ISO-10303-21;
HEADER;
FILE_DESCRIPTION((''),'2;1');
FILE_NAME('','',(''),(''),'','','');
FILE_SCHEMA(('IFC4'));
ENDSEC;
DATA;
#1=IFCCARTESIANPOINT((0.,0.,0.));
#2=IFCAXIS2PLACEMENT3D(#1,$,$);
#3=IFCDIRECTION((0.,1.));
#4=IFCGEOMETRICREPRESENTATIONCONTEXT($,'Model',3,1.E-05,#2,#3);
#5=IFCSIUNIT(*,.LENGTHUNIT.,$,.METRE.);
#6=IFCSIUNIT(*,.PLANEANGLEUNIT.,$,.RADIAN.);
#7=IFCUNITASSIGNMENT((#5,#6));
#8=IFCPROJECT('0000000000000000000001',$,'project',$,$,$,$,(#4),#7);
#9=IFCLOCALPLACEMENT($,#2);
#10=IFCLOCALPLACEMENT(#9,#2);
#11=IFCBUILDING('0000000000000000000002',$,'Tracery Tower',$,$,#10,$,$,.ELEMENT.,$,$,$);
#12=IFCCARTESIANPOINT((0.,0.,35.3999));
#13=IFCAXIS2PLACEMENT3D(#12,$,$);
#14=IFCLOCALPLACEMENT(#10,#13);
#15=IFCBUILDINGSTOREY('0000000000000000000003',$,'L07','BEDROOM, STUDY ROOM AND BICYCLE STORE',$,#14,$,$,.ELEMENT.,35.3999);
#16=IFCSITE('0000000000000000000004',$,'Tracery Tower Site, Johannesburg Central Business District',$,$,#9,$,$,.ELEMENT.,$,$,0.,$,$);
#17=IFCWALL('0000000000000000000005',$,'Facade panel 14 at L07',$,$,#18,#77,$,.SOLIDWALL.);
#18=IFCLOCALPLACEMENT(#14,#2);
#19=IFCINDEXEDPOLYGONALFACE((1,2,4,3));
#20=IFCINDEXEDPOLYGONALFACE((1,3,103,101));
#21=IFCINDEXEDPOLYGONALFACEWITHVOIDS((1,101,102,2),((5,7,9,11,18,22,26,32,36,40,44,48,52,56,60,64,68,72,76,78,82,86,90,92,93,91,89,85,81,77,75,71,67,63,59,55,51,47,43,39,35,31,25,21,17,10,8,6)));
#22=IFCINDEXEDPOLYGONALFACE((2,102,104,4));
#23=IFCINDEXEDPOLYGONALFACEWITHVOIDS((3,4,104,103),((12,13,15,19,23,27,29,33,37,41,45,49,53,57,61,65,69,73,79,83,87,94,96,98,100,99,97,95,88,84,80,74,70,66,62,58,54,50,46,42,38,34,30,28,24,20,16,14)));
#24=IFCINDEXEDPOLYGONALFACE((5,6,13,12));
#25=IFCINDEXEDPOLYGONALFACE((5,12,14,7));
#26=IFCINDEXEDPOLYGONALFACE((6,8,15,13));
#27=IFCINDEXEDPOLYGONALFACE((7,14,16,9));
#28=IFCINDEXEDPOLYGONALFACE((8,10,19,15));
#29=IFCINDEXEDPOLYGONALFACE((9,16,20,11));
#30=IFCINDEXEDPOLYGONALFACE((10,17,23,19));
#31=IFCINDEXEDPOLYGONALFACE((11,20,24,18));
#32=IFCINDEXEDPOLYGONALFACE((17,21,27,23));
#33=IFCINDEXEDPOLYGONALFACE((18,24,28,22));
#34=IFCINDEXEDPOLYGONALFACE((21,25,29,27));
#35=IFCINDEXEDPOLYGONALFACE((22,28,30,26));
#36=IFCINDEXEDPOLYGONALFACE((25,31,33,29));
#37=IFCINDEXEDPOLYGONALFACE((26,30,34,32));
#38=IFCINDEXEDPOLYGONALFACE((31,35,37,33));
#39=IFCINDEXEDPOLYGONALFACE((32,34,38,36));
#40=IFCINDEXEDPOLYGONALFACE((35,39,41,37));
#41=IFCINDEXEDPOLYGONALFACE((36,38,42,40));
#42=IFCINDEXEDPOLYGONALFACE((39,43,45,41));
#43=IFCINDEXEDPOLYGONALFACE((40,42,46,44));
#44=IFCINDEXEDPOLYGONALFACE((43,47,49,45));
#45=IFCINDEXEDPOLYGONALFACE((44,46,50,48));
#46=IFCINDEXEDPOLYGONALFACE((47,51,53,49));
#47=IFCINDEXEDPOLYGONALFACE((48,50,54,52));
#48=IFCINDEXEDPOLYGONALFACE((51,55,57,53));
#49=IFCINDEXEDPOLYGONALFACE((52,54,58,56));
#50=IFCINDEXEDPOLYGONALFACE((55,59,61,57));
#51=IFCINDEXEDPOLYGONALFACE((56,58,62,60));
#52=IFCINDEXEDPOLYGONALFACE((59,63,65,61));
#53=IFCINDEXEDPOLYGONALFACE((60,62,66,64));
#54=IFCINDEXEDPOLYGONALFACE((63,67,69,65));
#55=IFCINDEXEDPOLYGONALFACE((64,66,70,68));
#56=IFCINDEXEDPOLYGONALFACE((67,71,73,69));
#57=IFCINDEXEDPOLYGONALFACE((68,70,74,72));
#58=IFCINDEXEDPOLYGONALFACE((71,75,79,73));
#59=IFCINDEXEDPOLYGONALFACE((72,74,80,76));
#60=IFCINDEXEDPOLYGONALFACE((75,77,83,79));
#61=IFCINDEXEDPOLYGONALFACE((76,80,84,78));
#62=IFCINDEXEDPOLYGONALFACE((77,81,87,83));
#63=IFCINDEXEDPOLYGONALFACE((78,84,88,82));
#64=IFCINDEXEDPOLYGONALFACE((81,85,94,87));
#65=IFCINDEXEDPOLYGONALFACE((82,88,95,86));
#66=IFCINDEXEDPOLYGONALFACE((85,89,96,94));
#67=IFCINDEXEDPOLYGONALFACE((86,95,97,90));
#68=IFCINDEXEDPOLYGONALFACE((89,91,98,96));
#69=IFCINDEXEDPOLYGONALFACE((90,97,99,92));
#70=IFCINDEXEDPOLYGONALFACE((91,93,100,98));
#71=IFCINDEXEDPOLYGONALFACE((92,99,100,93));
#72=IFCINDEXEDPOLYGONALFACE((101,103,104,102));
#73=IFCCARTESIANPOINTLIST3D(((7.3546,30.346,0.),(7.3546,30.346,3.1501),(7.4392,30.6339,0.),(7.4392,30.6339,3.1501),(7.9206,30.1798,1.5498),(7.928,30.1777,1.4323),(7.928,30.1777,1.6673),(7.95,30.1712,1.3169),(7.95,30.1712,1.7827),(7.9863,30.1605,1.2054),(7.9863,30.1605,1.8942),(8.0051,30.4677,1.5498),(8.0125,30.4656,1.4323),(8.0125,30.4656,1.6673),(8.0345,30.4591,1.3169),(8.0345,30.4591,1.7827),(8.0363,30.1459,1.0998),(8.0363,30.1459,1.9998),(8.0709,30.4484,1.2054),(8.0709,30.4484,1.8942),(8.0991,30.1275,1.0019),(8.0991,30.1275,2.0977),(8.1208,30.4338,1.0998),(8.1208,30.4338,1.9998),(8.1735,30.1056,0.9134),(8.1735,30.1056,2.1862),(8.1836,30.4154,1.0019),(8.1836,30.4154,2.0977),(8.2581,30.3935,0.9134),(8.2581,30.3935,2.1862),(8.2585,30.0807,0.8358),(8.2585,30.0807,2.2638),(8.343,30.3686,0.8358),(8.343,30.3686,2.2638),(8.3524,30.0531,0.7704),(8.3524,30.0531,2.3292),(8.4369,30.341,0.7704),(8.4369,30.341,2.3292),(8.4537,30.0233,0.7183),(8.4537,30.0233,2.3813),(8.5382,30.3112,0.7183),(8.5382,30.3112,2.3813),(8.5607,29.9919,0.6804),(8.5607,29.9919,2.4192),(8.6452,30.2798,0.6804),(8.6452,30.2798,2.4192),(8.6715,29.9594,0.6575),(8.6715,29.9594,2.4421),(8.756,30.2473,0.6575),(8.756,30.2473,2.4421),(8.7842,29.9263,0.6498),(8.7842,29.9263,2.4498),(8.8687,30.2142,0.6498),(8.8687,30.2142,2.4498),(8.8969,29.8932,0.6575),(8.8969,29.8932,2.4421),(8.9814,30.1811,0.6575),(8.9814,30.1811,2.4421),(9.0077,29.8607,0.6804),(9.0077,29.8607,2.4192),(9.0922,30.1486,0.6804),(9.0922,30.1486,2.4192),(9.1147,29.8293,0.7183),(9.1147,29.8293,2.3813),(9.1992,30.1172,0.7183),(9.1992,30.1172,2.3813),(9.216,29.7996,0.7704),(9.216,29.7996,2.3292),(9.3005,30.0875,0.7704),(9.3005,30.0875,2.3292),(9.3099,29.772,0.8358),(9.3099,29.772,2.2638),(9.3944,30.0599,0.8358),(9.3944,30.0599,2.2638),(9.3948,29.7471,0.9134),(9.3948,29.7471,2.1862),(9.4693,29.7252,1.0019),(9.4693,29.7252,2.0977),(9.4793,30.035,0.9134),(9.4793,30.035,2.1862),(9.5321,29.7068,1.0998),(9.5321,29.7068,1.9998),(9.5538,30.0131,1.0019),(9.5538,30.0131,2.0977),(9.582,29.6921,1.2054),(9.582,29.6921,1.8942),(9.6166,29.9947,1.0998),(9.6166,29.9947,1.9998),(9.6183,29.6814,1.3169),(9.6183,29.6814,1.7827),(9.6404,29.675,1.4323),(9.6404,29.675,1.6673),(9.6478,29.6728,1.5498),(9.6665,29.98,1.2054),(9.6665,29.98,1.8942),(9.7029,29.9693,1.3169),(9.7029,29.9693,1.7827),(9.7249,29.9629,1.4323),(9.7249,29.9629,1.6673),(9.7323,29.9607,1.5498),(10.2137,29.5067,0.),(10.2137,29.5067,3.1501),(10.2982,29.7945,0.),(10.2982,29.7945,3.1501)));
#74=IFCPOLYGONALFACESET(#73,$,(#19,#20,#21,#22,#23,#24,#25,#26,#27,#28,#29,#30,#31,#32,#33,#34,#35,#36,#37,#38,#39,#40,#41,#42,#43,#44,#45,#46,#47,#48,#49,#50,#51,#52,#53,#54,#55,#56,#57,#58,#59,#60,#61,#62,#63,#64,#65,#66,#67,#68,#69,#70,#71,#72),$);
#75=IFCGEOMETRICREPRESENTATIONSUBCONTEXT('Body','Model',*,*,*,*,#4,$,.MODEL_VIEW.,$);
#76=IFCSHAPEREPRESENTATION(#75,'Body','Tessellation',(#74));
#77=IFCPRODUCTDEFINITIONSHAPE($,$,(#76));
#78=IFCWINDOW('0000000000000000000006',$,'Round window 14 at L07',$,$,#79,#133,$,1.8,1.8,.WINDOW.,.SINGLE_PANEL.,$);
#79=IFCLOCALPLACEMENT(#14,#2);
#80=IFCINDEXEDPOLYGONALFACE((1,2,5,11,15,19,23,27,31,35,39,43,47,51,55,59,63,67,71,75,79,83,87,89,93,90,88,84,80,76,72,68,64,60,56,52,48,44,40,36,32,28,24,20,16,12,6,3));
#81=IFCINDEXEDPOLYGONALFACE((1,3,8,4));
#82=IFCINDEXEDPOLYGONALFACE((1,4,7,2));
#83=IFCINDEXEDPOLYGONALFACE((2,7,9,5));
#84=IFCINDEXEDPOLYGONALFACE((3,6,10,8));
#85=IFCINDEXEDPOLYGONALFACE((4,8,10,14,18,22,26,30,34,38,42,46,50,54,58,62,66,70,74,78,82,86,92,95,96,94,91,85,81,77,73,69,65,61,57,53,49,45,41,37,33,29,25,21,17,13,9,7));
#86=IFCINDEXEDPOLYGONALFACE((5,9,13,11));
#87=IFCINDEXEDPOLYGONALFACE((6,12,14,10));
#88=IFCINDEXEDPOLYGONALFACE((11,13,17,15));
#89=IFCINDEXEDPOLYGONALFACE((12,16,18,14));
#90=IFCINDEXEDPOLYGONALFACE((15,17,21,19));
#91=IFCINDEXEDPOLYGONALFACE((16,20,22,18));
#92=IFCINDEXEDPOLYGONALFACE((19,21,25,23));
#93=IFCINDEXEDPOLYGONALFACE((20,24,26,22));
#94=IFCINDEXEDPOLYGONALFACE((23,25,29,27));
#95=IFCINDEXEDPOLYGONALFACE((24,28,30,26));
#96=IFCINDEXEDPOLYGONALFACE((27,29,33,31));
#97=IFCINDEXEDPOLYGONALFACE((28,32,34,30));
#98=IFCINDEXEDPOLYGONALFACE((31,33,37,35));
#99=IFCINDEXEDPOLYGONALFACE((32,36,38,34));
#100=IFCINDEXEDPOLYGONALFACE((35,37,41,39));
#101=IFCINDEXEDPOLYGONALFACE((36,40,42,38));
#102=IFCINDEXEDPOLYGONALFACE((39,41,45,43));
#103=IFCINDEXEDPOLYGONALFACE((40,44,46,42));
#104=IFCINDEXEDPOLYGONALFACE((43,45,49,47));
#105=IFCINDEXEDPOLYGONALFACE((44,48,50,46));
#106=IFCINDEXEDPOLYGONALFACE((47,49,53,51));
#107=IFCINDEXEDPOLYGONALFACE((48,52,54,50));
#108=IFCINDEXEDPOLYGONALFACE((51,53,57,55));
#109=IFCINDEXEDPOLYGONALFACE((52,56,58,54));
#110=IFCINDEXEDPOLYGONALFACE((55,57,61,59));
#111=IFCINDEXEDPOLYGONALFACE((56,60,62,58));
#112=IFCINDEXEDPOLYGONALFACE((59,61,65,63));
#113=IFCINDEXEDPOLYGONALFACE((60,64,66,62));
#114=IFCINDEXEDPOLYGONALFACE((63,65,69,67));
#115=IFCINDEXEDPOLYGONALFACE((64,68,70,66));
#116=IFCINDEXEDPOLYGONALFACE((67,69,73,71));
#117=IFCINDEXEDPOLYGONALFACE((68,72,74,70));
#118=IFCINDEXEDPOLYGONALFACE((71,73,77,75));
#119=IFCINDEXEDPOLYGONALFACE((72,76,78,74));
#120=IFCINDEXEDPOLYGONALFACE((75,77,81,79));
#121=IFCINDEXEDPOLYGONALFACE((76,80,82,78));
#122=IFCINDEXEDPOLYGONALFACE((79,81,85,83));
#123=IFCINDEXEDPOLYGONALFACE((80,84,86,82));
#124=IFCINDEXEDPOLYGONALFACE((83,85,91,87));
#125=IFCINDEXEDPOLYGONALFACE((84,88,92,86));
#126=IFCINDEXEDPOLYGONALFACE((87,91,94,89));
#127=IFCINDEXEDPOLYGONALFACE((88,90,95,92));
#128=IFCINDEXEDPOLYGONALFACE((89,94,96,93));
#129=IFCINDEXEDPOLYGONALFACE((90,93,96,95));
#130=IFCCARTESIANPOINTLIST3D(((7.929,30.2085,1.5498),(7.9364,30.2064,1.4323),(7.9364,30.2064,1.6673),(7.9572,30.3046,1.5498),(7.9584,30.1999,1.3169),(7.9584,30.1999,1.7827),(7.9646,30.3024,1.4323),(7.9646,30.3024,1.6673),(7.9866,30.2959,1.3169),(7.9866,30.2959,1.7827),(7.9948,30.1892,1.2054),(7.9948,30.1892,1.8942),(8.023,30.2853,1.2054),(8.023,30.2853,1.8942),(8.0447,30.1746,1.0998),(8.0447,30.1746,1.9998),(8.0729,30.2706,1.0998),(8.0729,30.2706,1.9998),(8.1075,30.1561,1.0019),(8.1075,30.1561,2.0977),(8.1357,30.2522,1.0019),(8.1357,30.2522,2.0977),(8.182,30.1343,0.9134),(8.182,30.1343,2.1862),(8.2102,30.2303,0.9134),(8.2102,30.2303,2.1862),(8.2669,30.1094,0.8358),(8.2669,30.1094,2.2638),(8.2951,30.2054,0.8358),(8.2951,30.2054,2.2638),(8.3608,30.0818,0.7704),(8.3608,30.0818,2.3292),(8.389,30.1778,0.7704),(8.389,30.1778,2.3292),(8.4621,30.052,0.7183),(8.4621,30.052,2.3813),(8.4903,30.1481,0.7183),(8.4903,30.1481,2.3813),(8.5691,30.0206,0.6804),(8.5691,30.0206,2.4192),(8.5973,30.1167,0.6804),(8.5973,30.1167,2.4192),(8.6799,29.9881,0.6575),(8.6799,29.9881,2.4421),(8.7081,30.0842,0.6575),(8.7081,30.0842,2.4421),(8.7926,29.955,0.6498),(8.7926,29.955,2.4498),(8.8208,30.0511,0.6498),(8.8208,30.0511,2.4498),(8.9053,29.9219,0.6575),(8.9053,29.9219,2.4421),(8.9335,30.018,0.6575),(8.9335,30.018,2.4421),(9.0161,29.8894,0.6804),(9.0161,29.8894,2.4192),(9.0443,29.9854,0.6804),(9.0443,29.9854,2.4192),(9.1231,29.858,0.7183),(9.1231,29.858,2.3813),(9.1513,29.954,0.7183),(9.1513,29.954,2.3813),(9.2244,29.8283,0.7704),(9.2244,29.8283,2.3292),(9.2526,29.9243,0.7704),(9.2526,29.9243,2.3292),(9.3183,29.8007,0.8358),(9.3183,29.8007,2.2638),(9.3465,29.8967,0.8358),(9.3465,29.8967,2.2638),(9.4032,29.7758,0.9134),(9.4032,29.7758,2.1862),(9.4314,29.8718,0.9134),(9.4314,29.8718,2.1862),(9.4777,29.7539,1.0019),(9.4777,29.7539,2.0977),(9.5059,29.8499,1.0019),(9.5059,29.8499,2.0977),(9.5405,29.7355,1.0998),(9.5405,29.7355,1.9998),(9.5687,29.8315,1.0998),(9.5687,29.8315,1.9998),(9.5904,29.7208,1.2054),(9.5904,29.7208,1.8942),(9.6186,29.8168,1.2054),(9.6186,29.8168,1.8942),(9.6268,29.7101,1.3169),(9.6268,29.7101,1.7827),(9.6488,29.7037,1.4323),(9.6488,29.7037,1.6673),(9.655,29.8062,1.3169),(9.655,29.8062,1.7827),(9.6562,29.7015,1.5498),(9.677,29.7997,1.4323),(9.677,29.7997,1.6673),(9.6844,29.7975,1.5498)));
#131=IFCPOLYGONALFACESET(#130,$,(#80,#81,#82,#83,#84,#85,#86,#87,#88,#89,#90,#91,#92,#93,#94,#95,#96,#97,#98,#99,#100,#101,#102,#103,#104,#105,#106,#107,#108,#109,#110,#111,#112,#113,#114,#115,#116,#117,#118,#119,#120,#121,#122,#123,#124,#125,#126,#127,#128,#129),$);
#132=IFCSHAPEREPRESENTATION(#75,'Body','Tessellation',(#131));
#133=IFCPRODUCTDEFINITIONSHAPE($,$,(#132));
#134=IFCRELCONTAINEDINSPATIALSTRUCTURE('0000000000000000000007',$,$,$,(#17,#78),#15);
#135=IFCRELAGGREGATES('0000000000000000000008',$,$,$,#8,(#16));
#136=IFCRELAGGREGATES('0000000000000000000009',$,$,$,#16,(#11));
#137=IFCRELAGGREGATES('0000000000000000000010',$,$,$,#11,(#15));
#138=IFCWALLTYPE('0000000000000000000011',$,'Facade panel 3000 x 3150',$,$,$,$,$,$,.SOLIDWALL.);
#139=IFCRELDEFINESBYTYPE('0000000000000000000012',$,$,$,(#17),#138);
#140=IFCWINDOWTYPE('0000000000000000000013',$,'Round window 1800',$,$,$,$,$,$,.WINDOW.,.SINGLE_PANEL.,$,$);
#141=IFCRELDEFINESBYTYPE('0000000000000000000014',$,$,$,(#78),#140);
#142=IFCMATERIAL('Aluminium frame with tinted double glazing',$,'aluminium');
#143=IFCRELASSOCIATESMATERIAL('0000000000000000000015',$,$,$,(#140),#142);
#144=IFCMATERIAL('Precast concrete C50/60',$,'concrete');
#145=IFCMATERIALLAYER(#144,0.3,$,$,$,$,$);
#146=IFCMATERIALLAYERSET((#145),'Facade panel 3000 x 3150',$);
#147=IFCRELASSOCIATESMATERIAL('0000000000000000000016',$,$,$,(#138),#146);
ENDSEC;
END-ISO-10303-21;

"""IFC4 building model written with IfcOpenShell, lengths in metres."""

from ifc_helpers import new_model, si_unit, direction, frame, frame_2d, origin, origin_2d, place, context, subcontext, project, spatial, rectangle, circle, extrude, material, layer, layer_set, type_object, element, fill, save


model = new_model("IFC4")

# Units and contexts
model_context = context("Model", 3, precision=1e-05, world=origin(), true_north=direction((0.0, 1.0)))
body_context = subcontext(model_context, "Body", "Model", "MODEL_VIEW")
ifc_project = project(units=[si_unit("LENGTHUNIT", "METRE"), si_unit("PLANEANGLEUNIT", "RADIAN")], contexts=[model_context])

# Site, building, storey
site_placement = place(None, origin())
site = spatial("IfcSite", under=ifc_project, at=site_placement, Name="Tracery Tower Site, Johannesburg Central Business District", CompositionType="ELEMENT", RefElevation=0.0)
building_placement = place(site_placement, origin())
building = spatial("IfcBuilding", under=site, at=building_placement, Name="Tracery Tower", CompositionType="ELEMENT")
storey_placement = place(building_placement, frame((0.0, 0.0, 35.3999)))
storey = spatial("IfcBuildingStorey", under=building, at=storey_placement, Name="L07", Description="BEDROOM, STUDY ROOM AND BICYCLE STORE", CompositionType="ELEMENT", Elevation=35.3999)

# Wall, opening, window
ifc_material_1 = material(Name="Aluminium frame with tinted double glazing", Category="aluminium")
window_type = type_object("IfcWindowType", Name="Round window 1800", PartitioningType="SINGLE_PANEL", PredefinedType="WINDOW", material=ifc_material_1)
ifc_material_2 = material(Name="Precast concrete C50/60", Category="concrete")
ifc_layer_1 = layer(ifc_material_2, 0.3)
ifc_layer_set_1 = layer_set([ifc_layer_1], Name="Facade panel 3000 x 3150")
wall_type_1 = type_object("IfcWallType", Name="Facade panel 3000 x 3150", PredefinedType="SOLIDWALL", material=ifc_layer_set_1)
wall_1_placement = place(storey_placement, frame((10.2559, 29.6506, 0.0), z_axis=(0.0, 0.0, 1.0), x_axis=(-0.959508, 0.281683, 0.0)))
wall_1 = element("IfcWall", 1, at=wall_1_placement, inside=storey, type_object=wall_type_1, Name="Facade panel 14 at L07", PredefinedType="SOLIDWALL", context=body_context, shape_type="SweptSolid", body=[
    extrude(rectangle(XDim=2.9797, YDim=0.3, at=frame_2d((1.4897, 0.0))), origin(), (0.0, 0.0, 1.0), 3.1501),
])
opening_1_placement = place(wall_1_placement, frame((1.4897, 0.0, 1.5498)))
opening_1 = element("IfcOpeningElement", 2, at=opening_1_placement, cuts=wall_1, PredefinedType="OPENING", context=body_context, shape_type="SweptSolid", body=[
    extrude(circle(Radius=0.9, at=origin_2d()), frame((0.0, 0.1599, 0.0), z_axis=(0.0, -1.0, 0.0), x_axis=(1.0, 0.0, 0.0)), (0.0, 0.0, 1.0), 0.3201),
])
window_1_placement = place(opening_1_placement, origin())
window_1 = element("IfcWindow", 3, at=window_1_placement, inside=storey, type_object=window_type, Name="Round window 14 at L07", OverallHeight=1.8, OverallWidth=1.8, PartitioningType="SINGLE_PANEL", PredefinedType="WINDOW", context=body_context, shape_type="SweptSolid", body=[
    extrude(circle(Radius=0.9, at=origin_2d()), frame((0.0, 0.1201, 0.0), z_axis=(0.0, -1.0, 0.0), x_axis=(1.0, 0.0, 0.0)), (0.0, 0.0, 1.0), 0.1001),
])
fill(opening_1, window_1)

save(model, "model.ifc")
